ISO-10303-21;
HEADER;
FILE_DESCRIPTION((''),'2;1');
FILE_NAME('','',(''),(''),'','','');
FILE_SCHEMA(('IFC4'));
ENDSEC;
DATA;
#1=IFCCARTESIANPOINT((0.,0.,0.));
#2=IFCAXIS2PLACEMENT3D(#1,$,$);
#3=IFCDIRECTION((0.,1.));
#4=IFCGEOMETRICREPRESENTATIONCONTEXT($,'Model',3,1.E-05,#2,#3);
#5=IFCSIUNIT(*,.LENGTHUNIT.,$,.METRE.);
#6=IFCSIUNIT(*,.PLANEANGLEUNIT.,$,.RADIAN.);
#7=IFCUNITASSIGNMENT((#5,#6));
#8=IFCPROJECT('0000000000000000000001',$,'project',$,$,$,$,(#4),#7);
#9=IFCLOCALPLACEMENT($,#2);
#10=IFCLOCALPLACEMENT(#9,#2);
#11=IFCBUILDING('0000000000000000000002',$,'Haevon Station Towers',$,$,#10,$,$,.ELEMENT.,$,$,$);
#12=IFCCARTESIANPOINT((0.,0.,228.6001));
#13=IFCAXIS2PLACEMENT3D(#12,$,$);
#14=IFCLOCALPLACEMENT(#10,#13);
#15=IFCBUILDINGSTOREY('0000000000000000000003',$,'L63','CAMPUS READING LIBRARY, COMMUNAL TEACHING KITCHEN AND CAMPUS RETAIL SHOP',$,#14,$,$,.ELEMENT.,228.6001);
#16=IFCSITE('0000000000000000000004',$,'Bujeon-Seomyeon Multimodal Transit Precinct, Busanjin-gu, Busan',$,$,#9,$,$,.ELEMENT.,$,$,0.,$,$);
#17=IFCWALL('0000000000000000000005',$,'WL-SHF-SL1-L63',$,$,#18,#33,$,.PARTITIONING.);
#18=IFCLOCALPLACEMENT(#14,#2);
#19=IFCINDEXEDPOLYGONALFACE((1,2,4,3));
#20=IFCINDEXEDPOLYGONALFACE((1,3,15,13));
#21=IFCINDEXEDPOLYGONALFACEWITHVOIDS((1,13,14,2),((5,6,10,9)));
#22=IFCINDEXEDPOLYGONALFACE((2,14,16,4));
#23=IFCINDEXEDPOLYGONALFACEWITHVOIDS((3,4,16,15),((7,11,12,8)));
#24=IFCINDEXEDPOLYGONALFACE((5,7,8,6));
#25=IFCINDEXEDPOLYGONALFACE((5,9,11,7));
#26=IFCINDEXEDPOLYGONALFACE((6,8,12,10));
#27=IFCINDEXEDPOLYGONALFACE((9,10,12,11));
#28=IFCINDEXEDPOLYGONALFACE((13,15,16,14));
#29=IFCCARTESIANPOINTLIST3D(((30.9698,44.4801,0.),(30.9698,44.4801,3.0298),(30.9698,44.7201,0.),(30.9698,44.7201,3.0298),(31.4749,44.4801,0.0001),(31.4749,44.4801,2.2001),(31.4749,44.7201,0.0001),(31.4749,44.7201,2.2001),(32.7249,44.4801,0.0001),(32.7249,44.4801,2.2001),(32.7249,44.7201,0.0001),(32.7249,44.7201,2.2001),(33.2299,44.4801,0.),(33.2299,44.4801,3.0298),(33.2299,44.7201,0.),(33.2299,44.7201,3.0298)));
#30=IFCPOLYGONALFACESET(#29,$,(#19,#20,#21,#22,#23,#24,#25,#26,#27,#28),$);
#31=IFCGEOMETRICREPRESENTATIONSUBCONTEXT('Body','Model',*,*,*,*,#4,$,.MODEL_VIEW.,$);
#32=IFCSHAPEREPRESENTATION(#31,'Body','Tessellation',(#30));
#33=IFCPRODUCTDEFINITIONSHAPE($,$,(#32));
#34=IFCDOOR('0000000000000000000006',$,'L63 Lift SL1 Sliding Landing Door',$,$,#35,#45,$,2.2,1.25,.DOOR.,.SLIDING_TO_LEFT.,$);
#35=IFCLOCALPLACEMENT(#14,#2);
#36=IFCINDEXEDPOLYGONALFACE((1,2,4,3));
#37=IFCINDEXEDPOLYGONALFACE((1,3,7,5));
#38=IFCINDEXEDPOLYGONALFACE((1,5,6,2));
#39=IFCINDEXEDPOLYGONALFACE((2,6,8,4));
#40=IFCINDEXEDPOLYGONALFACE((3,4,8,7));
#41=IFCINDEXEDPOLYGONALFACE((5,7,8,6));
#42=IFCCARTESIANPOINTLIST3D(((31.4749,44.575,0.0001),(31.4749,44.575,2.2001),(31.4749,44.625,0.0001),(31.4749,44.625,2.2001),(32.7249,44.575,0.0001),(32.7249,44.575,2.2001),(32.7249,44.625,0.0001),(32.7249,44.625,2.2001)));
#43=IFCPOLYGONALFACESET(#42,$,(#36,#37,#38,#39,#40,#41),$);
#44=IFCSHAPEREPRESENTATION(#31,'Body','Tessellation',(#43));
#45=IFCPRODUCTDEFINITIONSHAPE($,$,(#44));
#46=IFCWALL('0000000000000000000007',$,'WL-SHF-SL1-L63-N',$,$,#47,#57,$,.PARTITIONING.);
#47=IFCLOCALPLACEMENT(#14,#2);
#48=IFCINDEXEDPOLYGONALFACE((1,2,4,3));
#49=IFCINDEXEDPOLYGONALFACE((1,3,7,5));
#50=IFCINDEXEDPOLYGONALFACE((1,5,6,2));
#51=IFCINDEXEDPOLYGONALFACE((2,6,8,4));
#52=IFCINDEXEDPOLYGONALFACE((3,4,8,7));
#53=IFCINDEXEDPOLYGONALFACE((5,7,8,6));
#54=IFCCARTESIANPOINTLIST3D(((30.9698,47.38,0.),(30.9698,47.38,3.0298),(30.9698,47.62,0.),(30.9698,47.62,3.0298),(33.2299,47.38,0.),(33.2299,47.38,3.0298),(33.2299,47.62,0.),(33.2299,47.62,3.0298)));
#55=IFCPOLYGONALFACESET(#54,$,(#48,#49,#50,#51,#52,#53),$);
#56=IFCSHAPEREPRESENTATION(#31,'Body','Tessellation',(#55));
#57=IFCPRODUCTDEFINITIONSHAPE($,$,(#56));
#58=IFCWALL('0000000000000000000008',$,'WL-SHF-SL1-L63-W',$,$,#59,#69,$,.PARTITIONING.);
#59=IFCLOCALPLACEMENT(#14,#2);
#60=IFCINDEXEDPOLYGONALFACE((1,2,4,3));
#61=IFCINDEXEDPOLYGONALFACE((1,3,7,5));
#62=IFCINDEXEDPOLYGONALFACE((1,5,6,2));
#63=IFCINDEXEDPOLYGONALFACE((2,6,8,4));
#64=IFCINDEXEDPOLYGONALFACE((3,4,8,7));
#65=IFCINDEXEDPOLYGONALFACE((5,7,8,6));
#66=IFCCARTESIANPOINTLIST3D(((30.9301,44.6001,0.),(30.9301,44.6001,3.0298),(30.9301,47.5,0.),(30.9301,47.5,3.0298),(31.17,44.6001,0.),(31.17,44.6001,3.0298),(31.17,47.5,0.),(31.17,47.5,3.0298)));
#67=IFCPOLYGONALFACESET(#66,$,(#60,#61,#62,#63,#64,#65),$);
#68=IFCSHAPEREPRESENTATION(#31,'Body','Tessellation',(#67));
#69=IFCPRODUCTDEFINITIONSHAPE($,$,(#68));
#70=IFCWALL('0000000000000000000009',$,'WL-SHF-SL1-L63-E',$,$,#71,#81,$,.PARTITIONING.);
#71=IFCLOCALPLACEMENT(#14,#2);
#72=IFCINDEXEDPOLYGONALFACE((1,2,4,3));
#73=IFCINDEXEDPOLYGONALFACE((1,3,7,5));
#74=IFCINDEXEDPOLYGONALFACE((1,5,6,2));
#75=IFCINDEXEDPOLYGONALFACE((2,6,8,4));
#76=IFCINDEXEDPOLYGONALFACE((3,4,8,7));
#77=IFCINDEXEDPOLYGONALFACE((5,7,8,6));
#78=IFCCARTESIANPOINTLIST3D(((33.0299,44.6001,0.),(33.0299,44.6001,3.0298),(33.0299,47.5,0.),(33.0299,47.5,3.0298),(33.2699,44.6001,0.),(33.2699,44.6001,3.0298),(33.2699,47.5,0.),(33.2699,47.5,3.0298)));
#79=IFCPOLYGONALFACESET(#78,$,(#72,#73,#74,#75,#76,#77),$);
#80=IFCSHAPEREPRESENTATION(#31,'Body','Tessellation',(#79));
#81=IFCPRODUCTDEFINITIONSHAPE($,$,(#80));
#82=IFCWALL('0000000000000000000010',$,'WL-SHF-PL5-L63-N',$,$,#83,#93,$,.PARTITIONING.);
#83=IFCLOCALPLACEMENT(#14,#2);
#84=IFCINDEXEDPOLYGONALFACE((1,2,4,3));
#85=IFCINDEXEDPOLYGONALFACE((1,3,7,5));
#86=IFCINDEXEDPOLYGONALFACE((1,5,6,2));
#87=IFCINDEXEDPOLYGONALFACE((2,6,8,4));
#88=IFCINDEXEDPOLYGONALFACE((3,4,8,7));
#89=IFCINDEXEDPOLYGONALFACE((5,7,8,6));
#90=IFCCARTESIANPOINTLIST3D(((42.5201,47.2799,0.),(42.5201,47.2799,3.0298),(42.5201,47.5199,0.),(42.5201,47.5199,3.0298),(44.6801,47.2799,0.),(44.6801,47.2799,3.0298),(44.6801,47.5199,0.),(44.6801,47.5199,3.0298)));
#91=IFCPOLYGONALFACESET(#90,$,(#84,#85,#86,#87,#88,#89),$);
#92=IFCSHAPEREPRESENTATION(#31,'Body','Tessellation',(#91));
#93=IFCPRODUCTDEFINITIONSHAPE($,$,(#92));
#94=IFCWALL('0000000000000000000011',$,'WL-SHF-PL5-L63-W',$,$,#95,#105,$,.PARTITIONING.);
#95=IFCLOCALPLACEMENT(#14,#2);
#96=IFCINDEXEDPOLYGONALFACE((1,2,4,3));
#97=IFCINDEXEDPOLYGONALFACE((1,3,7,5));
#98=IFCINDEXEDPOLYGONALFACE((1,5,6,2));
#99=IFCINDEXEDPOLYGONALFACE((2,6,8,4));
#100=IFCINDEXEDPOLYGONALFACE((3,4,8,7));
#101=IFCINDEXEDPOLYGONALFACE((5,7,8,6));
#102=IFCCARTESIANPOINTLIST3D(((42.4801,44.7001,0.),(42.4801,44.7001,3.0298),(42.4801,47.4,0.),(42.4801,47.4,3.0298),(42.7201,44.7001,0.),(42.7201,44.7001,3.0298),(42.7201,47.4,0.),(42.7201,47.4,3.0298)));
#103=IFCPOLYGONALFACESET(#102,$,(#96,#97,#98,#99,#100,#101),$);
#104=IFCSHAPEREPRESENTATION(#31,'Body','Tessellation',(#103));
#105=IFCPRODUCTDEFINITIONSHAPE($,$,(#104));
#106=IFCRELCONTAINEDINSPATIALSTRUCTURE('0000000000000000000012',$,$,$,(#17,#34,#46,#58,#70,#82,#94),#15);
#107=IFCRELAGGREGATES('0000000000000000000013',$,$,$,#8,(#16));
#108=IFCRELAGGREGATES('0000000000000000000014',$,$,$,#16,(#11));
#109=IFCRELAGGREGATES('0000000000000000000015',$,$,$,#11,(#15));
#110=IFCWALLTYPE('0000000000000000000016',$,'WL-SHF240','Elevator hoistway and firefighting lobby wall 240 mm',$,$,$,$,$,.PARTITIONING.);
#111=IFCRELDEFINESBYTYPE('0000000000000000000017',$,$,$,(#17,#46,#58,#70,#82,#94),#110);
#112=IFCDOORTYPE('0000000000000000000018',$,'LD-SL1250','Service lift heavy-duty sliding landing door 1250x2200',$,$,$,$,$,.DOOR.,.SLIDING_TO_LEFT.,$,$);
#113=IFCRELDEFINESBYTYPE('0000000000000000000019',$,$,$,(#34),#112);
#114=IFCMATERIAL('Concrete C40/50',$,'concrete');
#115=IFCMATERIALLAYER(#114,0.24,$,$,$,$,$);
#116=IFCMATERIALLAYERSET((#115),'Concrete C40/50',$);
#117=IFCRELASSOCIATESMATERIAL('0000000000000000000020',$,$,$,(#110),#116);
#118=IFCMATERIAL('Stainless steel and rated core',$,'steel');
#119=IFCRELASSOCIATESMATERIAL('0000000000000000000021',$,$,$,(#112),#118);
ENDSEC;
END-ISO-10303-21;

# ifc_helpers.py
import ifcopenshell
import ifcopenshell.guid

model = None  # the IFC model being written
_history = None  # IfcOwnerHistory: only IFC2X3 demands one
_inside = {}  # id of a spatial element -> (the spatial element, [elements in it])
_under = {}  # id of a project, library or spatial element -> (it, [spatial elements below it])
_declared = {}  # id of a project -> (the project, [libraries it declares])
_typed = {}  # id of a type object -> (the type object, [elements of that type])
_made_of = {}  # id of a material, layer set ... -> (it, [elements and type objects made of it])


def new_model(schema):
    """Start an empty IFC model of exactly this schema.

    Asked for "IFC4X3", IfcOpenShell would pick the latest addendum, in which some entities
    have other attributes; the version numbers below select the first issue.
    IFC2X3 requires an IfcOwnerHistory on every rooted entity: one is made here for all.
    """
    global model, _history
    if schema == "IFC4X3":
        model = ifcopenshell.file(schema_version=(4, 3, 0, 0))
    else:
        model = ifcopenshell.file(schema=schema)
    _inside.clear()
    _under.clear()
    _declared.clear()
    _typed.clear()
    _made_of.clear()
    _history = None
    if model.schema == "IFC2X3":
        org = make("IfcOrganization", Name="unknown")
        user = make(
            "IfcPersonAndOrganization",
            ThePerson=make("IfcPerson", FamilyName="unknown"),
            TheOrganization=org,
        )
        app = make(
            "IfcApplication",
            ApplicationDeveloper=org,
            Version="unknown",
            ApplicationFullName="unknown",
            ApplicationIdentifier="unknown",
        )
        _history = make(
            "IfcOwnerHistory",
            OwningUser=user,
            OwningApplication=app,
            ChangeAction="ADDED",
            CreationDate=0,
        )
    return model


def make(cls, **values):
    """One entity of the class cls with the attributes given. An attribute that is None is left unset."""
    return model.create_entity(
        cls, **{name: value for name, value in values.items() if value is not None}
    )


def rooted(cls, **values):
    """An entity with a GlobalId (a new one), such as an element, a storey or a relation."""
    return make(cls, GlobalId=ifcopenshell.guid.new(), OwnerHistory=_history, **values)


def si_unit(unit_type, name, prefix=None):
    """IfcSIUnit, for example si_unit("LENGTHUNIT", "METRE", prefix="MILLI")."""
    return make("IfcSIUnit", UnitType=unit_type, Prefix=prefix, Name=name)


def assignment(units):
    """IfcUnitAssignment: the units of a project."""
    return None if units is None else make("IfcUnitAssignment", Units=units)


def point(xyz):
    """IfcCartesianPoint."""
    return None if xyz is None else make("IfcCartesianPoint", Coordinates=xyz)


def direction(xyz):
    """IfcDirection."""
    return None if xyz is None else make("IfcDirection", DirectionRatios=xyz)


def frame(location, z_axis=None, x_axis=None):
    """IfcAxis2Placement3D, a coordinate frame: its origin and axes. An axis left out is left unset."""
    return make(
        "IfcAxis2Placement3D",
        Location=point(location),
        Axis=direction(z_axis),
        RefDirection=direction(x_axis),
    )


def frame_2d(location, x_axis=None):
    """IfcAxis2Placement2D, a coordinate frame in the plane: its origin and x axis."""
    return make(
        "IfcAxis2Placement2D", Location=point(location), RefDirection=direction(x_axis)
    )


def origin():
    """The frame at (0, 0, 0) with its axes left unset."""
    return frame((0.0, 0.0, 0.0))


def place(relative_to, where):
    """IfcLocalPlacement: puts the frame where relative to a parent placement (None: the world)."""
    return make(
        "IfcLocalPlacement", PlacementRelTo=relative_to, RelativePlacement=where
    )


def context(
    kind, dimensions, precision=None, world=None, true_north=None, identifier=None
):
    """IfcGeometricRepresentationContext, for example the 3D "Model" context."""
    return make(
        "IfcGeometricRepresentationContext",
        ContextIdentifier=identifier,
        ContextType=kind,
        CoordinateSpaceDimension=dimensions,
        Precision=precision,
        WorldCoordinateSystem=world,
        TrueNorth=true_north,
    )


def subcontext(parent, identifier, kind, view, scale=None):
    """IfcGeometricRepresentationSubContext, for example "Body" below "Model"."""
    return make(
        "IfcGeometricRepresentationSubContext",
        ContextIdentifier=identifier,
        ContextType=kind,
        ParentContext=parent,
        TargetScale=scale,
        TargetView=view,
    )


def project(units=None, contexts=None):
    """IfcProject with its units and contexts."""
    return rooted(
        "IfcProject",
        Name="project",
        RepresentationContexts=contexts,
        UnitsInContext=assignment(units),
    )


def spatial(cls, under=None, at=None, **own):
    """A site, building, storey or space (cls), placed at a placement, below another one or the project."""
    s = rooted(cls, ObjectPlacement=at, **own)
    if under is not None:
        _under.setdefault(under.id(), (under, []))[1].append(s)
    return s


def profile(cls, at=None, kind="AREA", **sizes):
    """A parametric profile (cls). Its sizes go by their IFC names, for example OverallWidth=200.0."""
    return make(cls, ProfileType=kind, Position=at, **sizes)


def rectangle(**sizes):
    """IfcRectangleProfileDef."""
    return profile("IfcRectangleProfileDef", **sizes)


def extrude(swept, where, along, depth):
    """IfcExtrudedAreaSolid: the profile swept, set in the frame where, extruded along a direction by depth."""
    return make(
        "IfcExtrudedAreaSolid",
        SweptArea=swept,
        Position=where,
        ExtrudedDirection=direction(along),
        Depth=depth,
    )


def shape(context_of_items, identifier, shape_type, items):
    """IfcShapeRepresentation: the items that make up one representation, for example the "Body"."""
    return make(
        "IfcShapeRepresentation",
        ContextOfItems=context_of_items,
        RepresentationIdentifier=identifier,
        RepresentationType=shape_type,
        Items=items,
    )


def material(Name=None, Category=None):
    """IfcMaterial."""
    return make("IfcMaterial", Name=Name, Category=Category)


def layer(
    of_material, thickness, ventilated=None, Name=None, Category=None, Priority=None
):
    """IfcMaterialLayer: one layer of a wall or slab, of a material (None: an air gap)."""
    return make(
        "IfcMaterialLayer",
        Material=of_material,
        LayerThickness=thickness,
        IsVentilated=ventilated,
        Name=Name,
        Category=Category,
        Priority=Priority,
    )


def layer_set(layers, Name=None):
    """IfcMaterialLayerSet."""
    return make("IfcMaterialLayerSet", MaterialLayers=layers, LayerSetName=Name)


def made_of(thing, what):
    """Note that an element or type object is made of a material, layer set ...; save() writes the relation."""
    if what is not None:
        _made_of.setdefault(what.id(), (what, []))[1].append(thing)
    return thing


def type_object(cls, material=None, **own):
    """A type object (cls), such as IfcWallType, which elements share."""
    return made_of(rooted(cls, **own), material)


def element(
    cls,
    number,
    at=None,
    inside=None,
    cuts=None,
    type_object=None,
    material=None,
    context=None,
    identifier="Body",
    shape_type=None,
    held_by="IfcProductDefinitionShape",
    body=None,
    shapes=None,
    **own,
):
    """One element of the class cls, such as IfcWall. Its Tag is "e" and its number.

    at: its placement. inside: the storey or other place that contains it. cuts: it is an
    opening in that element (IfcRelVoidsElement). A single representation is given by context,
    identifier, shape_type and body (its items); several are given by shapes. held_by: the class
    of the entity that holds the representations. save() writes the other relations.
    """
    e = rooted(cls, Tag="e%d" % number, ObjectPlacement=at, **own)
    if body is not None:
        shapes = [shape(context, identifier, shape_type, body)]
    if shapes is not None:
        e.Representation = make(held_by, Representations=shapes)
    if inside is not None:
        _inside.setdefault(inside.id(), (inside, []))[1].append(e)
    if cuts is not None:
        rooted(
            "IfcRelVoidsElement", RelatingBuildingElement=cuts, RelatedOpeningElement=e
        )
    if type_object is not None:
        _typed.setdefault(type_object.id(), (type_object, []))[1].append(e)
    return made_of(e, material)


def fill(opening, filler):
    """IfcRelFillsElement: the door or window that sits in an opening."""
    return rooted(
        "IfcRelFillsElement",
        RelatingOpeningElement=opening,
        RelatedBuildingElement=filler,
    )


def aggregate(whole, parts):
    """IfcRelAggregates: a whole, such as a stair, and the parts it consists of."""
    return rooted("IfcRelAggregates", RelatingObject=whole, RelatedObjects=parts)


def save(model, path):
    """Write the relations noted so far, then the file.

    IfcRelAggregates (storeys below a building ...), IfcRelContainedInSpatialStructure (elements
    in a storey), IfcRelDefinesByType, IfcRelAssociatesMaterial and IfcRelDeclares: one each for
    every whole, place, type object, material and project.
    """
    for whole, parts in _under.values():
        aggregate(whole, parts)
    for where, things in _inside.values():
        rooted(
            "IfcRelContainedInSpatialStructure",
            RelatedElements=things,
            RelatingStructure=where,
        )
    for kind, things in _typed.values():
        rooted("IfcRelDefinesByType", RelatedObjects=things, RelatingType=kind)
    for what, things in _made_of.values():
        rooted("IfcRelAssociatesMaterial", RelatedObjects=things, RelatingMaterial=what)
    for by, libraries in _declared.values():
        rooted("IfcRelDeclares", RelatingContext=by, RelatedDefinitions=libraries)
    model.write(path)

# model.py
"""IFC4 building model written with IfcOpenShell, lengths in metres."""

from ifc_helpers import new_model, si_unit, direction, frame, frame_2d, origin, place, context, subcontext, project, spatial, rectangle, extrude, material, layer, layer_set, type_object, element, fill, save


model = new_model("IFC4")

# Units and contexts
model_context = context("Model", 3, precision=1e-05, world=origin(), true_north=direction((0.0, 1.0)))
body_context = subcontext(model_context, "Body", "Model", "MODEL_VIEW")
ifc_project = project(units=[si_unit("LENGTHUNIT", "METRE"), si_unit("PLANEANGLEUNIT", "RADIAN")], contexts=[model_context])

# Site, building, storey
site_placement = place(None, origin())
site = spatial("IfcSite", under=ifc_project, at=site_placement, Name="Bujeon-Seomyeon Multimodal Transit Precinct, Busanjin-gu, Busan", CompositionType="ELEMENT", RefElevation=0.0)
building_placement = place(site_placement, origin())
building = spatial("IfcBuilding", under=site, at=building_placement, Name="Haevon Station Towers", CompositionType="ELEMENT")
storey_placement = place(building_placement, frame((0.0, 0.0, 228.6001)))
storey = spatial("IfcBuildingStorey", under=building, at=storey_placement, Name="L63", Description="CAMPUS READING LIBRARY, COMMUNAL TEACHING KITCHEN AND CAMPUS RETAIL SHOP", CompositionType="ELEMENT", Elevation=228.6001)

# Shared definitions
ifc_material_1 = material(Name="Concrete C40/50", Category="concrete")
ifc_layer_1 = layer(ifc_material_1, 0.24)
ifc_layer_set_1 = layer_set([ifc_layer_1], Name="Concrete C40/50")
wall_type_1 = type_object("IfcWallType", Name="WL-SHF240", Description="Elevator hoistway and firefighting lobby wall 240 mm", PredefinedType="PARTITIONING", material=ifc_layer_set_1)

# Wall, opening, door
wall_1_placement = place(storey_placement, frame((30.97, 44.6001, 0.0), z_axis=(0.0, 0.0, 1.0), x_axis=(1.0, 0.0, 0.0)))
wall_1 = element("IfcWall", 1, at=wall_1_placement, inside=storey, type_object=wall_type_1, Name="WL-SHF-SL1-L63", PredefinedType="PARTITIONING", context=body_context, shape_type="SweptSolid", body=[
    extrude(rectangle(XDim=2.26, YDim=0.24, at=frame_2d((1.1299, 0.0))), origin(), (0.0, 0.0, 1.0), 3.0298),
])
opening_1_placement = place(wall_1_placement, frame((0.5049, 0.0, 0.0)))
opening_1 = element("IfcOpeningElement", 2, at=opening_1_placement, cuts=wall_1, PredefinedType="OPENING", context=body_context, shape_type="SweptSolid", body=[
    extrude(rectangle(XDim=1.25, YDim=2.2, at=frame_2d((0.625, 1.1001))), frame((0.0, 0.1299, 0.0), z_axis=(0.0, -1.0, 0.0), x_axis=(1.0, 0.0, 0.0)), (0.0, 0.0, 1.0), 0.26),
])
ifc_material_2 = material(Name="Stainless steel and rated core", Category="steel")
door_type_1 = type_object("IfcDoorType", Name="LD-SL1250", Description="Service lift heavy-duty sliding landing door 1250x2200", OperationType="SLIDING_TO_LEFT", PredefinedType="DOOR", material=ifc_material_2)
door_1_placement = place(opening_1_placement, origin())
door_1 = element("IfcDoor", 3, at=door_1_placement, inside=storey, type_object=door_type_1, Name="L63 Lift SL1 Sliding Landing Door", OperationType="SLIDING_TO_LEFT", OverallHeight=2.2, OverallWidth=1.25, PredefinedType="DOOR", context=body_context, shape_type="SweptSolid", body=[
    extrude(rectangle(XDim=1.25, YDim=2.2, at=frame_2d((0.625, 1.1001))), frame((0.0, 0.0249, 0.0), z_axis=(0.0, -1.0, 0.0), x_axis=(1.0, 0.0, 0.0)), (0.0, 0.0, 1.0), 0.05),
])
fill(opening_1, door_1)

# Walls
wall_2_placement = place(storey_placement, frame((30.97, 47.5, 0.0), z_axis=(0.0, 0.0, 1.0), x_axis=(1.0, 0.0, 0.0)))
element("IfcWall", 4, at=wall_2_placement, inside=storey, type_object=wall_type_1, Name="WL-SHF-SL1-L63-N", PredefinedType="PARTITIONING", context=body_context, shape_type="SweptSolid", body=[
    extrude(rectangle(XDim=2.26, YDim=0.24, at=frame_2d((1.1299, 0.0))), origin(), (0.0, 0.0, 1.0), 3.0298),
])
for number, where, z_axis, x_axis, name in (
    (5, (31.05, 44.6001, 0.0), (0.0, 0.0, 1.0), (0.0, 1.0, 0.0), "WL-SHF-SL1-L63-W"),
    (6, (33.1499, 44.6001, 0.0), (0.0, 0.0, 1.0), (0.0, 1.0, 0.0), "WL-SHF-SL1-L63-E"),
):
    element("IfcWall", number, at=place(storey_placement, frame(where, z_axis=z_axis, x_axis=x_axis)), inside=storey, type_object=wall_type_1, Name=name, PredefinedType="PARTITIONING", context=body_context, shape_type="SweptSolid", body=[
        extrude(rectangle(XDim=2.8999, YDim=0.24, at=frame_2d((1.45, 0.0))), origin(), (0.0, 0.0, 1.0), 3.0298),
    ])

# Walls
wall_3_placement = place(storey_placement, frame((42.52, 47.3999, 0.0), z_axis=(0.0, 0.0, 1.0), x_axis=(1.0, 0.0, 0.0)))
element("IfcWall", 7, at=wall_3_placement, inside=storey, type_object=wall_type_1, Name="WL-SHF-PL5-L63-N", PredefinedType="PARTITIONING", context=body_context, shape_type="SweptSolid", body=[
    extrude(rectangle(XDim=2.1599, YDim=0.24, at=frame_2d((1.0801, 0.0))), origin(), (0.0, 0.0, 1.0), 3.0298),
])
wall_4_placement = place(storey_placement, frame((42.6001, 44.7, 0.0), z_axis=(0.0, 0.0, 1.0), x_axis=(0.0, 1.0, 0.0)))
element("IfcWall", 8, at=wall_4_placement, inside=storey, type_object=wall_type_1, Name="WL-SHF-PL5-L63-W", PredefinedType="PARTITIONING", context=body_context, shape_type="SweptSolid", body=[
    extrude(rectangle(XDim=2.7, YDim=0.24, at=frame_2d((1.3501, 0.0))), origin(), (0.0, 0.0, 1.0), 3.0298),
])

save(model, "model.ifc")
